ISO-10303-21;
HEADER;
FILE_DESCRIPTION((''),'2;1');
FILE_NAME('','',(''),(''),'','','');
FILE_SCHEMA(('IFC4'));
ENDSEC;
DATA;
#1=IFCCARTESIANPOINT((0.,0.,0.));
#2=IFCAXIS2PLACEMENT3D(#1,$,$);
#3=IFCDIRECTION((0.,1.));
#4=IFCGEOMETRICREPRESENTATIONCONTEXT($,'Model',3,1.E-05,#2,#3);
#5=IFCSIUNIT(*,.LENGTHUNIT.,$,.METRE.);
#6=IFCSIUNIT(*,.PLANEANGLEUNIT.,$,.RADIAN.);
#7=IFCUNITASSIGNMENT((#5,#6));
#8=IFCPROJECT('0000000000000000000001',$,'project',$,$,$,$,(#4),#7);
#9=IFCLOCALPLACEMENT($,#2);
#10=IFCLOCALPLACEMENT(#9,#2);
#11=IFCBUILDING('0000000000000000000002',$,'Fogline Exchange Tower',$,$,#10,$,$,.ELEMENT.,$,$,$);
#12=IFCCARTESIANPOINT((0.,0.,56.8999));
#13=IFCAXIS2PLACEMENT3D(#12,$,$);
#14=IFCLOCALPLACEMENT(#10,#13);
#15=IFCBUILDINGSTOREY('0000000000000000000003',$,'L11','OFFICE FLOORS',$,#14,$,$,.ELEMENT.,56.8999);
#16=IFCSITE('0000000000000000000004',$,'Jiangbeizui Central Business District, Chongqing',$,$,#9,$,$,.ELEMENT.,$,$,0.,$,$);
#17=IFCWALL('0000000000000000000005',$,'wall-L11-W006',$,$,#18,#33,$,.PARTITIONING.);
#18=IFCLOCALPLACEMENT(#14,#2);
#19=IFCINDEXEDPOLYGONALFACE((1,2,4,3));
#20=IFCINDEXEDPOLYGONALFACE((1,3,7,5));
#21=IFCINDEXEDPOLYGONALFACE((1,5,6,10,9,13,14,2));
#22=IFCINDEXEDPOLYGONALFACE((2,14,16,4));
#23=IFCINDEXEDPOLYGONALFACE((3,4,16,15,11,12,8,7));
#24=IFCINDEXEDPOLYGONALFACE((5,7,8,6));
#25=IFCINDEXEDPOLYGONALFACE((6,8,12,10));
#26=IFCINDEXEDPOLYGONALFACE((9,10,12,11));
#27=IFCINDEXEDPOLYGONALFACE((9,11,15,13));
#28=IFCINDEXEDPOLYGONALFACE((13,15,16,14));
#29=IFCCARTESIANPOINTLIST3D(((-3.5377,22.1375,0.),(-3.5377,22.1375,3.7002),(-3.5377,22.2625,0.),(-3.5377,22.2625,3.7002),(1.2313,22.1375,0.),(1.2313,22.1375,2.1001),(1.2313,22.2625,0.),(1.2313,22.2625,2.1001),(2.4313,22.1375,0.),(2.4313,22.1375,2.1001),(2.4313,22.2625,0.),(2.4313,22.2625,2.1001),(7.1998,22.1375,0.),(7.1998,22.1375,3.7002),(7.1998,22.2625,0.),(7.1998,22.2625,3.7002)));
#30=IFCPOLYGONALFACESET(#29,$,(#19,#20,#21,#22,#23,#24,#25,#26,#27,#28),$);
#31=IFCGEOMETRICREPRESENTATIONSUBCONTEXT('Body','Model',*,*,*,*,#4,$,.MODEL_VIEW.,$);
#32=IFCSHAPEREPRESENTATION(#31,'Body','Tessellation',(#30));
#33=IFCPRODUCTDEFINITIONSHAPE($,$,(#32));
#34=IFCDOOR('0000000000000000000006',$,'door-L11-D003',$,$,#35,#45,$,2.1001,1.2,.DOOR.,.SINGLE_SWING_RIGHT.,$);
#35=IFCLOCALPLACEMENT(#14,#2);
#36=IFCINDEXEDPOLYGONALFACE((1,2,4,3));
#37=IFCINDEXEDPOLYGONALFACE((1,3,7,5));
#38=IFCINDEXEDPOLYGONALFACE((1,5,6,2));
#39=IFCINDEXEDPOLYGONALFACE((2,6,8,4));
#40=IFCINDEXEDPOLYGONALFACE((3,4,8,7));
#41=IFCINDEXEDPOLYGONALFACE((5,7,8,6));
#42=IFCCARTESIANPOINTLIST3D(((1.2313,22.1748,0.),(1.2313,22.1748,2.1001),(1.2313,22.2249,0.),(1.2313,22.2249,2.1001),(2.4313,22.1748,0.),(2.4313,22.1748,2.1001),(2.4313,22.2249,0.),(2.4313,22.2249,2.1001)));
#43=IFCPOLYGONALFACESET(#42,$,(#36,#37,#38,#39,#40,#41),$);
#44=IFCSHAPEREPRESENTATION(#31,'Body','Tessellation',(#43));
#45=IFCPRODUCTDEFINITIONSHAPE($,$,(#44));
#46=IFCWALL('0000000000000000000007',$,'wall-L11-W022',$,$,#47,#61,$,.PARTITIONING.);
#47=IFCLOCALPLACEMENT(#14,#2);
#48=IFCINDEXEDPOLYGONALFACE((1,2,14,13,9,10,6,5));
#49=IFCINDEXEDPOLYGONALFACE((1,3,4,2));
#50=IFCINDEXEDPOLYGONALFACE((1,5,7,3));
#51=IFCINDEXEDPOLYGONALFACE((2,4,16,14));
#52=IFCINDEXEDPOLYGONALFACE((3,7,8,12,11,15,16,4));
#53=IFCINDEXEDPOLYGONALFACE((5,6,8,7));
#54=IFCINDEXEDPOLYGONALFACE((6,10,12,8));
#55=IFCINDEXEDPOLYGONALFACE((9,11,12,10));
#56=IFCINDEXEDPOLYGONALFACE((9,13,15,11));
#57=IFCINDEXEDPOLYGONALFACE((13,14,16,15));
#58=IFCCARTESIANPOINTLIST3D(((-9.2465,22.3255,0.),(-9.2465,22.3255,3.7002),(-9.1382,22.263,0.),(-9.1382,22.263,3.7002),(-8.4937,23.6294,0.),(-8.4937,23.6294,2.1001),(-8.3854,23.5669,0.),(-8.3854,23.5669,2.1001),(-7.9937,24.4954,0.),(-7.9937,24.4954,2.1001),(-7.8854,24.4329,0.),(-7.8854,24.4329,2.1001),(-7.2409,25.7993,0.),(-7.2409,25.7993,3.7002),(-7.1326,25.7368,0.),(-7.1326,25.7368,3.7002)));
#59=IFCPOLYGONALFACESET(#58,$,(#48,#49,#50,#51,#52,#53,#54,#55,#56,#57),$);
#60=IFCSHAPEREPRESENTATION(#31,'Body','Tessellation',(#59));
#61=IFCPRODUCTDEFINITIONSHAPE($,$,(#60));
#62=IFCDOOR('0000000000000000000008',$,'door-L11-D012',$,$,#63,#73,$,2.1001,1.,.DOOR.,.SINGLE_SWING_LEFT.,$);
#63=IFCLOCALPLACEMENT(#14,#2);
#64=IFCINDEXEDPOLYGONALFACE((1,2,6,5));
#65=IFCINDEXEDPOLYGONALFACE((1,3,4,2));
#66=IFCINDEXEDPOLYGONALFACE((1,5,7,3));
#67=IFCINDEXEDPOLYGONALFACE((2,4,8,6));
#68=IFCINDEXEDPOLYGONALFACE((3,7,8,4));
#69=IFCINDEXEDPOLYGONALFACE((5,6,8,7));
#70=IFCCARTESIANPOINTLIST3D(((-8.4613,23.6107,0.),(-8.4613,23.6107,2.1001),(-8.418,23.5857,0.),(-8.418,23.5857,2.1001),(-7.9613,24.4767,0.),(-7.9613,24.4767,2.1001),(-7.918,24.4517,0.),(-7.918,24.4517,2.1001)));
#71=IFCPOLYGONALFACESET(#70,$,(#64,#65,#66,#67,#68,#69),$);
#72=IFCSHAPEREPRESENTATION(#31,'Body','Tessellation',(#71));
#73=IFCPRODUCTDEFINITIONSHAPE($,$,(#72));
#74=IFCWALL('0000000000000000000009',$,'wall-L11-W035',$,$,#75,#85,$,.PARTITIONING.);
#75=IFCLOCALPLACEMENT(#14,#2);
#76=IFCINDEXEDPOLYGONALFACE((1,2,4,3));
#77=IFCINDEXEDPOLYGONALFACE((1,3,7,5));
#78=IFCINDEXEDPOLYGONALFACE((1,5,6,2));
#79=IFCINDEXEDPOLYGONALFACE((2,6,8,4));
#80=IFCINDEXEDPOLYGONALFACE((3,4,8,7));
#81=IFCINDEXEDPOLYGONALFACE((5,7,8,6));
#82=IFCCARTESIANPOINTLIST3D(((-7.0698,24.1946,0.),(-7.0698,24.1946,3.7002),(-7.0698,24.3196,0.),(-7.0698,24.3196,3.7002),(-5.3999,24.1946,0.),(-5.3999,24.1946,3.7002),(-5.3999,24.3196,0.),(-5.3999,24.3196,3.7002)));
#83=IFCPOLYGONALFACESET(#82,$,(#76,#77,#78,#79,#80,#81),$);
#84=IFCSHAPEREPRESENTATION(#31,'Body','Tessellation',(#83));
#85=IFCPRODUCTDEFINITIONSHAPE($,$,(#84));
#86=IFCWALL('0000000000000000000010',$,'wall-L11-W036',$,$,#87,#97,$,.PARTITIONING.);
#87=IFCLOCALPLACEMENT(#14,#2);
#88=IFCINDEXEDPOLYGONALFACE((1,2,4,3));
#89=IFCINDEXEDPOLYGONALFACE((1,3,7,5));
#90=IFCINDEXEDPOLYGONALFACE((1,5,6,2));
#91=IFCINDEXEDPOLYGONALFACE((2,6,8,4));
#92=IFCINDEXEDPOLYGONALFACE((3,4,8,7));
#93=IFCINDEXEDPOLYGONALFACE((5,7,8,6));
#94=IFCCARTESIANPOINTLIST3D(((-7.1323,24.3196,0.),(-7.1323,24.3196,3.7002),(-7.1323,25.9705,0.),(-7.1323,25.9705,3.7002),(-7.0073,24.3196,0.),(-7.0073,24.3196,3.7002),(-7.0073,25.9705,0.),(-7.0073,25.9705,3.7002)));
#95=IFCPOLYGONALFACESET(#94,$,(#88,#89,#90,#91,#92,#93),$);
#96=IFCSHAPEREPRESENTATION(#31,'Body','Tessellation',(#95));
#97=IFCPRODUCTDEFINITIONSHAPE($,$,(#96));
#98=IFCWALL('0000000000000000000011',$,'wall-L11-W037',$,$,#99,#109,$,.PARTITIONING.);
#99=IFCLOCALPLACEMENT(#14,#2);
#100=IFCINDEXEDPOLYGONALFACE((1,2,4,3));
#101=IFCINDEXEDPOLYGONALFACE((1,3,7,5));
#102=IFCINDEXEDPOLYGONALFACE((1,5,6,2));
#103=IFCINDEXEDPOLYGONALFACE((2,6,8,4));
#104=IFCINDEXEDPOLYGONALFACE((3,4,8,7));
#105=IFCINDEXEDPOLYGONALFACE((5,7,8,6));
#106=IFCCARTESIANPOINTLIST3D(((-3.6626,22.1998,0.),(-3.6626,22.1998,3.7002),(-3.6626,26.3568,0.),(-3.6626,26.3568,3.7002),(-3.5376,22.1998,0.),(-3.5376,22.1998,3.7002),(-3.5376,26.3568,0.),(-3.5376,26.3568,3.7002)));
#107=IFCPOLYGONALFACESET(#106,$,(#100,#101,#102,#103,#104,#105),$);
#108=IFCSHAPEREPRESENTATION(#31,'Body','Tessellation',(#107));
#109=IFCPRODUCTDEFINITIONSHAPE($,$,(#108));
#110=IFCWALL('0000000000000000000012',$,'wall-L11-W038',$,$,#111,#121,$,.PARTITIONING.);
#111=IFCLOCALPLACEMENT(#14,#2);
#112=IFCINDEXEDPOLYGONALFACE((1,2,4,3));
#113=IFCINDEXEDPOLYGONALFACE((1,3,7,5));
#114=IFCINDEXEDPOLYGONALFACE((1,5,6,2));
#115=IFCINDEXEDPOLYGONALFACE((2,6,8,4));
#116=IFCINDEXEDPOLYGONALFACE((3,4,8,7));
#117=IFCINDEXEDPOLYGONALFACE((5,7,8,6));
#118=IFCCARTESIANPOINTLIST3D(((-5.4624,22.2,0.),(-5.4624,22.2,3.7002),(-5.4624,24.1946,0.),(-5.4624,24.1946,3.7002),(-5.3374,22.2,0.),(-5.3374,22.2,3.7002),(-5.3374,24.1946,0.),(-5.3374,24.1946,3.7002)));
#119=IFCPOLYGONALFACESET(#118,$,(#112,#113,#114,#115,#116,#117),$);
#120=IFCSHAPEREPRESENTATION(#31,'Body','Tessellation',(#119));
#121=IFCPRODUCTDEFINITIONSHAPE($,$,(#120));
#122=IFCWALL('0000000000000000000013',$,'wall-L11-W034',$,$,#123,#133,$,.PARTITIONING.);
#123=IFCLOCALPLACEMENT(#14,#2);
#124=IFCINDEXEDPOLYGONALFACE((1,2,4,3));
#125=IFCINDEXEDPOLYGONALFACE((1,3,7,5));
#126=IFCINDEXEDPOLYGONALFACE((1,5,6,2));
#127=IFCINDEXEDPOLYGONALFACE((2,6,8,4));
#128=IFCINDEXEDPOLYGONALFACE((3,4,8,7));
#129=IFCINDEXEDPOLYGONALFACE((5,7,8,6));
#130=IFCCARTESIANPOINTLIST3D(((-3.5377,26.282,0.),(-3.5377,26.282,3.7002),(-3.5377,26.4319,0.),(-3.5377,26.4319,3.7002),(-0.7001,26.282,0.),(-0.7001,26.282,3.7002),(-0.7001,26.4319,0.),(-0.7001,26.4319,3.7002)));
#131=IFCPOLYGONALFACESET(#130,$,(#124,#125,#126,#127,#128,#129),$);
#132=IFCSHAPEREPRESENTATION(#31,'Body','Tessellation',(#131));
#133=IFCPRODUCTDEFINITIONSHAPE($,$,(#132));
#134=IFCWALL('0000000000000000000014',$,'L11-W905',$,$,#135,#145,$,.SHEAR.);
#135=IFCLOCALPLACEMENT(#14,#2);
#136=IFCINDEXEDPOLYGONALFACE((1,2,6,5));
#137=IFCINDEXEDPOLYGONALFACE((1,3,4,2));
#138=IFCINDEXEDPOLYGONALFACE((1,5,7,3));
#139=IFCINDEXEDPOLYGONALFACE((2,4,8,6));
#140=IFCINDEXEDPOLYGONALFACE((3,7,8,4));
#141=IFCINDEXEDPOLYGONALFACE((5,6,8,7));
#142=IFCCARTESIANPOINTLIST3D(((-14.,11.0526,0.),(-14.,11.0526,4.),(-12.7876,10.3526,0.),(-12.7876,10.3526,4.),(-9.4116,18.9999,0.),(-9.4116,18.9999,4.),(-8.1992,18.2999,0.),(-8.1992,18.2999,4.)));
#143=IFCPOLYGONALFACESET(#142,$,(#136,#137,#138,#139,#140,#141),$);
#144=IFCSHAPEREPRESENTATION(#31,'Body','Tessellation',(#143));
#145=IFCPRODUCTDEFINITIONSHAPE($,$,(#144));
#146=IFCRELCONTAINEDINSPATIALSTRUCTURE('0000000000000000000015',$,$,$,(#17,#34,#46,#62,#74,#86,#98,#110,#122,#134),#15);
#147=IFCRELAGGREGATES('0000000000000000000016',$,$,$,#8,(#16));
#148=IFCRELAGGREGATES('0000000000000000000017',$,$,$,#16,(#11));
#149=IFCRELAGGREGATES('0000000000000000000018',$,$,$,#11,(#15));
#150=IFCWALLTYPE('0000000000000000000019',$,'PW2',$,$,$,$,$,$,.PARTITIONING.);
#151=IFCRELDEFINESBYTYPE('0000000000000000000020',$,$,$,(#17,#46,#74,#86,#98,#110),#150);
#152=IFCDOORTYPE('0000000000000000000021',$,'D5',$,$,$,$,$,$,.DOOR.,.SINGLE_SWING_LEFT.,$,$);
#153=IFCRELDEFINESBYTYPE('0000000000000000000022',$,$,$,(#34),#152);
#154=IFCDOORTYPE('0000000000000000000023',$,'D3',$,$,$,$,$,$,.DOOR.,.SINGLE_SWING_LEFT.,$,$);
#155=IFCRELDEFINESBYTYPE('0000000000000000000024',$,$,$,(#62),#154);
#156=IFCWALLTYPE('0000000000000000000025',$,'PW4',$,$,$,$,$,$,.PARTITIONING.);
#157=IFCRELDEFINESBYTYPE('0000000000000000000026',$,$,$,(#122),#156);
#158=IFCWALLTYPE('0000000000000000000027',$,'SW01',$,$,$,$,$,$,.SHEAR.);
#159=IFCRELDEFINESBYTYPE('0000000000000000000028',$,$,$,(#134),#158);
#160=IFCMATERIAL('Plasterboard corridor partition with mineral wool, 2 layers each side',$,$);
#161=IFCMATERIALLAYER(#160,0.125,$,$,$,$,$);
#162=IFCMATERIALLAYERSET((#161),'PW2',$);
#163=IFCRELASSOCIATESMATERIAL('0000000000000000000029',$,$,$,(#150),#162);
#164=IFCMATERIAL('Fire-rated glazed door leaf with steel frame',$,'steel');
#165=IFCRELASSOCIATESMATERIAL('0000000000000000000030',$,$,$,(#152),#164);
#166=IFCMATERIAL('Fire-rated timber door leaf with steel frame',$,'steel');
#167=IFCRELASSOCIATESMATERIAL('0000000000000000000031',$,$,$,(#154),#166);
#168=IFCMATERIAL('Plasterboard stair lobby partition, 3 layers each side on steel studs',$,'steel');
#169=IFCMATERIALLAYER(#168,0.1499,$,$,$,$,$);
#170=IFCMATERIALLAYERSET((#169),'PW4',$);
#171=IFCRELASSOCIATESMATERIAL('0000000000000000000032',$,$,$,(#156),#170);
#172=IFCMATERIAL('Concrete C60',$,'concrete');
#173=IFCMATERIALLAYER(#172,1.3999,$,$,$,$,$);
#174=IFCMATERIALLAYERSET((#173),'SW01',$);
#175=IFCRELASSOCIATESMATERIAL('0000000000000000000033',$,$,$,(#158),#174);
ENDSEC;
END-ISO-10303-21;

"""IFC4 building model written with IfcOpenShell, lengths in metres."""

from ifc_helpers import new_model, si_unit, direction, frame, frame_2d, origin, place, context, subcontext, project, spatial, rectangle, extrude, material, layer, layer_set, type_object, element, fill, save


model = new_model("IFC4")

# Units and contexts
model_context = context("Model", 3, precision=1e-05, world=origin(), true_north=direction((0.0, 1.0)))
body_context = subcontext(model_context, "Body", "Model", "MODEL_VIEW")
ifc_project = project(units=[si_unit("LENGTHUNIT", "METRE"), si_unit("PLANEANGLEUNIT", "RADIAN")], contexts=[model_context])

# Site, building, storey
site_placement = place(None, origin())
site = spatial("IfcSite", under=ifc_project, at=site_placement, Name="Jiangbeizui Central Business District, Chongqing", CompositionType="ELEMENT", RefElevation=0.0)
building_placement = place(site_placement, origin())
building = spatial("IfcBuilding", under=site, at=building_placement, Name="Fogline Exchange Tower", CompositionType="ELEMENT")
storey_placement = place(building_placement, frame((0.0, 0.0, 56.8999)))
storey = spatial("IfcBuildingStorey", under=building, at=storey_placement, Name="L11", Description="OFFICE FLOORS", CompositionType="ELEMENT", Elevation=56.8999)

# Walls, openings, doors
ifc_material_1 = material(Name="Plasterboard corridor partition with mineral wool, 2 layers each side")
ifc_layer_1 = layer(ifc_material_1, 0.125)
ifc_layer_set_1 = layer_set([ifc_layer_1], Name="PW2")
wall_type_1 = type_object("IfcWallType", Name="PW2", PredefinedType="PARTITIONING", material=ifc_layer_set_1)
wall_1_placement = place(storey_placement, frame((-3.5376, 22.2, 0.0), z_axis=(0.0, 0.0, 1.0), x_axis=(1.0, 0.0, 0.0)))
wall_1 = element("IfcWall", 1, at=wall_1_placement, inside=storey, type_object=wall_type_1, Name="wall-L11-W006", PredefinedType="PARTITIONING", context=body_context, shape_type="SweptSolid", body=[
    extrude(rectangle(XDim=10.7375, YDim=0.125, at=frame_2d((5.3687, 0.0))), origin(), (0.0, 0.0, 1.0), 3.7002),
])
opening_1_placement = place(wall_1_placement, frame((4.7688, 0.0, 0.0)))
opening_1 = element("IfcOpeningElement", 2, at=opening_1_placement, cuts=wall_1, PredefinedType="OPENING", context=body_context, shape_type="SweptSolid", body=[
    extrude(rectangle(XDim=1.2, YDim=2.1001, at=frame_2d((0.6001, 1.05))), frame((0.0, 0.0725, 0.0), z_axis=(0.0, -1.0, 0.0), x_axis=(1.0, 0.0, 0.0)), (0.0, 0.0, 1.0), 0.145),
])
ifc_material_2 = material(Name="Fire-rated glazed door leaf with steel frame", Category="steel")
door_type_1 = type_object("IfcDoorType", Name="D5", OperationType="SINGLE_SWING_LEFT", PredefinedType="DOOR", material=ifc_material_2)
door_1_placement = place(opening_1_placement, origin())
door_1 = element("IfcDoor", 3, at=door_1_placement, inside=storey, type_object=door_type_1, Name="door-L11-D003", OperationType="SINGLE_SWING_RIGHT", OverallHeight=2.1001, OverallWidth=1.2, PredefinedType="DOOR", context=body_context, shape_type="SweptSolid", body=[
    extrude(rectangle(XDim=1.2, YDim=2.1001, at=frame_2d((0.6001, 1.05))), frame((0.0, 0.0249, 0.0), z_axis=(0.0, -1.0, 0.0), x_axis=(1.0, 0.0, 0.0)), (0.0, 0.0, 1.0), 0.05),
])
fill(opening_1, door_1)
wall_2_placement = place(storey_placement, frame((-7.1868, 25.7681, 0.0), z_axis=(0.0, 0.0, 1.0), x_axis=(-0.499995, -0.866028, 0.0)))
wall_2 = element("IfcWall", 4, at=wall_2_placement, inside=storey, type_object=wall_type_1, Name="wall-L11-W022", PredefinedType="PARTITIONING", context=body_context, shape_type="SweptSolid", body=[
    extrude(rectangle(XDim=4.0112, YDim=0.125, at=frame_2d((2.0056, 0.0))), origin(), (0.0, 0.0, 1.0), 3.7002),
])
opening_2_placement = place(wall_2_placement, frame((1.5056, 0.0, 0.0)))
opening_2 = element("IfcOpeningElement", 5, at=opening_2_placement, cuts=wall_2, PredefinedType="OPENING", context=body_context, shape_type="SweptSolid", body=[
    extrude(rectangle(XDim=1.0, YDim=2.1001, at=frame_2d((0.5, 1.05))), frame((0.0, 0.0725, 0.0), z_axis=(0.0, -1.0, 0.0), x_axis=(1.0, 0.0, 0.0)), (0.0, 0.0, 1.0), 0.145),
])
ifc_material_3 = material(Name="Fire-rated timber door leaf with steel frame", Category="steel")
door_type_2 = type_object("IfcDoorType", Name="D3", OperationType="SINGLE_SWING_LEFT", PredefinedType="DOOR", material=ifc_material_3)
door_2_placement = place(opening_2_placement, origin())
door_2 = element("IfcDoor", 6, at=door_2_placement, inside=storey, type_object=door_type_2, Name="door-L11-D012", OperationType="SINGLE_SWING_LEFT", OverallHeight=2.1001, OverallWidth=1.0, PredefinedType="DOOR", context=body_context, shape_type="SweptSolid", body=[
    extrude(rectangle(XDim=1.0, YDim=2.1001, at=frame_2d((0.5, 1.05))), frame((0.0, 0.0249, 0.0), z_axis=(0.0, -1.0, 0.0), x_axis=(1.0, 0.0, 0.0)), (0.0, 0.0, 1.0), 0.05),
])
fill(opening_2, door_2)

# Walls
wall_3_placement = place(storey_placement, frame((-5.3999, 24.2571, 0.0), z_axis=(0.0, 0.0, 1.0), x_axis=(-1.0, 0.0, 0.0)))
element("IfcWall", 7, at=wall_3_placement, inside=storey, type_object=wall_type_1, Name="wall-L11-W035", PredefinedType="PARTITIONING", context=body_context, shape_type="SweptSolid", body=[
    extrude(rectangle(XDim=1.6699, YDim=0.125, at=frame_2d((0.835, 0.0))), origin(), (0.0, 0.0, 1.0), 3.7002),
])
wall_4_placement = place(storey_placement, frame((-7.0698, 24.3196, 0.0), z_axis=(0.0, 0.0, 1.0), x_axis=(0.0, 1.0, 0.0)))
element("IfcWall", 8, at=wall_4_placement, inside=storey, type_object=wall_type_1, Name="wall-L11-W036", PredefinedType="PARTITIONING", context=body_context, shape_type="SweptSolid", body=[
    extrude(rectangle(XDim=1.6509, YDim=0.125, at=frame_2d((0.8254, 0.0))), origin(), (0.0, 0.0, 1.0), 3.7002),
])
wall_5_placement = place(storey_placement, frame((-3.6001, 26.3569, 0.0), z_axis=(0.0, 0.0, 1.0), x_axis=(0.0, -1.0, 0.0)))
element("IfcWall", 9, at=wall_5_placement, inside=storey, type_object=wall_type_1, Name="wall-L11-W037", PredefinedType="PARTITIONING", context=body_context, shape_type="SweptSolid", body=[
    extrude(rectangle(XDim=4.157, YDim=0.125, at=frame_2d((2.0786, 0.0))), origin(), (0.0, 0.0, 1.0), 3.7002),
])
wall_6_placement = place(storey_placement, frame((-5.3999, 22.2, 0.0), z_axis=(0.0, 0.0, 1.0), x_axis=(0.0, 1.0, 0.0)))
element("IfcWall", 10, at=wall_6_placement, inside=storey, type_object=wall_type_1, Name="wall-L11-W038", PredefinedType="PARTITIONING", context=body_context, shape_type="SweptSolid", body=[
    extrude(rectangle(XDim=1.9946, YDim=0.125, at=frame_2d((0.9973, 0.0))), origin(), (0.0, 0.0, 1.0), 3.7002),
])
ifc_material_4 = material(Name="Plasterboard stair lobby partition, 3 layers each side on steel studs", Category="steel")
ifc_layer_2 = layer(ifc_material_4, 0.1499)
ifc_layer_set_2 = layer_set([ifc_layer_2], Name="PW4")
wall_type_2 = type_object("IfcWallType", Name="PW4", PredefinedType="PARTITIONING", material=ifc_layer_set_2)
wall_7_placement = place(storey_placement, frame((-0.7, 26.3569, 0.0), z_axis=(0.0, 0.0, 1.0), x_axis=(-1.0, 0.0, 0.0)))
element("IfcWall", 11, at=wall_7_placement, inside=storey, type_object=wall_type_2, Name="wall-L11-W034", PredefinedType="PARTITIONING", context=body_context, shape_type="SweptSolid", body=[
    extrude(rectangle(XDim=2.8376, YDim=0.1499, at=frame_2d((1.4189, 0.0))), origin(), (0.0, 0.0, 1.0), 3.7002),
])
ifc_material_5 = material(Name="Concrete C60", Category="concrete")
ifc_layer_3 = layer(ifc_material_5, 1.3999)
ifc_layer_set_3 = layer_set([ifc_layer_3], Name="SW01")
wall_type_3 = type_object("IfcWallType", Name="SW01", PredefinedType="SHEAR", material=ifc_layer_set_3)
wall_8_placement = place(storey_placement, frame((-8.8054, 18.6499, 0.0), z_axis=(0.0, 0.0, 1.0), x_axis=(-0.500002, -0.866024, 0.0)))
element("IfcWall", 12, at=wall_8_placement, inside=storey, type_object=wall_type_3, Name="L11-W905", PredefinedType="SHEAR", context=body_context, shape_type="SweptSolid", body=[
    extrude(rectangle(XDim=9.1768, YDim=1.3999, at=frame_2d((4.5884, 0.0))), origin(), (0.0, 0.0, 1.0), 4.0),
])

save(model, "model.ifc")
